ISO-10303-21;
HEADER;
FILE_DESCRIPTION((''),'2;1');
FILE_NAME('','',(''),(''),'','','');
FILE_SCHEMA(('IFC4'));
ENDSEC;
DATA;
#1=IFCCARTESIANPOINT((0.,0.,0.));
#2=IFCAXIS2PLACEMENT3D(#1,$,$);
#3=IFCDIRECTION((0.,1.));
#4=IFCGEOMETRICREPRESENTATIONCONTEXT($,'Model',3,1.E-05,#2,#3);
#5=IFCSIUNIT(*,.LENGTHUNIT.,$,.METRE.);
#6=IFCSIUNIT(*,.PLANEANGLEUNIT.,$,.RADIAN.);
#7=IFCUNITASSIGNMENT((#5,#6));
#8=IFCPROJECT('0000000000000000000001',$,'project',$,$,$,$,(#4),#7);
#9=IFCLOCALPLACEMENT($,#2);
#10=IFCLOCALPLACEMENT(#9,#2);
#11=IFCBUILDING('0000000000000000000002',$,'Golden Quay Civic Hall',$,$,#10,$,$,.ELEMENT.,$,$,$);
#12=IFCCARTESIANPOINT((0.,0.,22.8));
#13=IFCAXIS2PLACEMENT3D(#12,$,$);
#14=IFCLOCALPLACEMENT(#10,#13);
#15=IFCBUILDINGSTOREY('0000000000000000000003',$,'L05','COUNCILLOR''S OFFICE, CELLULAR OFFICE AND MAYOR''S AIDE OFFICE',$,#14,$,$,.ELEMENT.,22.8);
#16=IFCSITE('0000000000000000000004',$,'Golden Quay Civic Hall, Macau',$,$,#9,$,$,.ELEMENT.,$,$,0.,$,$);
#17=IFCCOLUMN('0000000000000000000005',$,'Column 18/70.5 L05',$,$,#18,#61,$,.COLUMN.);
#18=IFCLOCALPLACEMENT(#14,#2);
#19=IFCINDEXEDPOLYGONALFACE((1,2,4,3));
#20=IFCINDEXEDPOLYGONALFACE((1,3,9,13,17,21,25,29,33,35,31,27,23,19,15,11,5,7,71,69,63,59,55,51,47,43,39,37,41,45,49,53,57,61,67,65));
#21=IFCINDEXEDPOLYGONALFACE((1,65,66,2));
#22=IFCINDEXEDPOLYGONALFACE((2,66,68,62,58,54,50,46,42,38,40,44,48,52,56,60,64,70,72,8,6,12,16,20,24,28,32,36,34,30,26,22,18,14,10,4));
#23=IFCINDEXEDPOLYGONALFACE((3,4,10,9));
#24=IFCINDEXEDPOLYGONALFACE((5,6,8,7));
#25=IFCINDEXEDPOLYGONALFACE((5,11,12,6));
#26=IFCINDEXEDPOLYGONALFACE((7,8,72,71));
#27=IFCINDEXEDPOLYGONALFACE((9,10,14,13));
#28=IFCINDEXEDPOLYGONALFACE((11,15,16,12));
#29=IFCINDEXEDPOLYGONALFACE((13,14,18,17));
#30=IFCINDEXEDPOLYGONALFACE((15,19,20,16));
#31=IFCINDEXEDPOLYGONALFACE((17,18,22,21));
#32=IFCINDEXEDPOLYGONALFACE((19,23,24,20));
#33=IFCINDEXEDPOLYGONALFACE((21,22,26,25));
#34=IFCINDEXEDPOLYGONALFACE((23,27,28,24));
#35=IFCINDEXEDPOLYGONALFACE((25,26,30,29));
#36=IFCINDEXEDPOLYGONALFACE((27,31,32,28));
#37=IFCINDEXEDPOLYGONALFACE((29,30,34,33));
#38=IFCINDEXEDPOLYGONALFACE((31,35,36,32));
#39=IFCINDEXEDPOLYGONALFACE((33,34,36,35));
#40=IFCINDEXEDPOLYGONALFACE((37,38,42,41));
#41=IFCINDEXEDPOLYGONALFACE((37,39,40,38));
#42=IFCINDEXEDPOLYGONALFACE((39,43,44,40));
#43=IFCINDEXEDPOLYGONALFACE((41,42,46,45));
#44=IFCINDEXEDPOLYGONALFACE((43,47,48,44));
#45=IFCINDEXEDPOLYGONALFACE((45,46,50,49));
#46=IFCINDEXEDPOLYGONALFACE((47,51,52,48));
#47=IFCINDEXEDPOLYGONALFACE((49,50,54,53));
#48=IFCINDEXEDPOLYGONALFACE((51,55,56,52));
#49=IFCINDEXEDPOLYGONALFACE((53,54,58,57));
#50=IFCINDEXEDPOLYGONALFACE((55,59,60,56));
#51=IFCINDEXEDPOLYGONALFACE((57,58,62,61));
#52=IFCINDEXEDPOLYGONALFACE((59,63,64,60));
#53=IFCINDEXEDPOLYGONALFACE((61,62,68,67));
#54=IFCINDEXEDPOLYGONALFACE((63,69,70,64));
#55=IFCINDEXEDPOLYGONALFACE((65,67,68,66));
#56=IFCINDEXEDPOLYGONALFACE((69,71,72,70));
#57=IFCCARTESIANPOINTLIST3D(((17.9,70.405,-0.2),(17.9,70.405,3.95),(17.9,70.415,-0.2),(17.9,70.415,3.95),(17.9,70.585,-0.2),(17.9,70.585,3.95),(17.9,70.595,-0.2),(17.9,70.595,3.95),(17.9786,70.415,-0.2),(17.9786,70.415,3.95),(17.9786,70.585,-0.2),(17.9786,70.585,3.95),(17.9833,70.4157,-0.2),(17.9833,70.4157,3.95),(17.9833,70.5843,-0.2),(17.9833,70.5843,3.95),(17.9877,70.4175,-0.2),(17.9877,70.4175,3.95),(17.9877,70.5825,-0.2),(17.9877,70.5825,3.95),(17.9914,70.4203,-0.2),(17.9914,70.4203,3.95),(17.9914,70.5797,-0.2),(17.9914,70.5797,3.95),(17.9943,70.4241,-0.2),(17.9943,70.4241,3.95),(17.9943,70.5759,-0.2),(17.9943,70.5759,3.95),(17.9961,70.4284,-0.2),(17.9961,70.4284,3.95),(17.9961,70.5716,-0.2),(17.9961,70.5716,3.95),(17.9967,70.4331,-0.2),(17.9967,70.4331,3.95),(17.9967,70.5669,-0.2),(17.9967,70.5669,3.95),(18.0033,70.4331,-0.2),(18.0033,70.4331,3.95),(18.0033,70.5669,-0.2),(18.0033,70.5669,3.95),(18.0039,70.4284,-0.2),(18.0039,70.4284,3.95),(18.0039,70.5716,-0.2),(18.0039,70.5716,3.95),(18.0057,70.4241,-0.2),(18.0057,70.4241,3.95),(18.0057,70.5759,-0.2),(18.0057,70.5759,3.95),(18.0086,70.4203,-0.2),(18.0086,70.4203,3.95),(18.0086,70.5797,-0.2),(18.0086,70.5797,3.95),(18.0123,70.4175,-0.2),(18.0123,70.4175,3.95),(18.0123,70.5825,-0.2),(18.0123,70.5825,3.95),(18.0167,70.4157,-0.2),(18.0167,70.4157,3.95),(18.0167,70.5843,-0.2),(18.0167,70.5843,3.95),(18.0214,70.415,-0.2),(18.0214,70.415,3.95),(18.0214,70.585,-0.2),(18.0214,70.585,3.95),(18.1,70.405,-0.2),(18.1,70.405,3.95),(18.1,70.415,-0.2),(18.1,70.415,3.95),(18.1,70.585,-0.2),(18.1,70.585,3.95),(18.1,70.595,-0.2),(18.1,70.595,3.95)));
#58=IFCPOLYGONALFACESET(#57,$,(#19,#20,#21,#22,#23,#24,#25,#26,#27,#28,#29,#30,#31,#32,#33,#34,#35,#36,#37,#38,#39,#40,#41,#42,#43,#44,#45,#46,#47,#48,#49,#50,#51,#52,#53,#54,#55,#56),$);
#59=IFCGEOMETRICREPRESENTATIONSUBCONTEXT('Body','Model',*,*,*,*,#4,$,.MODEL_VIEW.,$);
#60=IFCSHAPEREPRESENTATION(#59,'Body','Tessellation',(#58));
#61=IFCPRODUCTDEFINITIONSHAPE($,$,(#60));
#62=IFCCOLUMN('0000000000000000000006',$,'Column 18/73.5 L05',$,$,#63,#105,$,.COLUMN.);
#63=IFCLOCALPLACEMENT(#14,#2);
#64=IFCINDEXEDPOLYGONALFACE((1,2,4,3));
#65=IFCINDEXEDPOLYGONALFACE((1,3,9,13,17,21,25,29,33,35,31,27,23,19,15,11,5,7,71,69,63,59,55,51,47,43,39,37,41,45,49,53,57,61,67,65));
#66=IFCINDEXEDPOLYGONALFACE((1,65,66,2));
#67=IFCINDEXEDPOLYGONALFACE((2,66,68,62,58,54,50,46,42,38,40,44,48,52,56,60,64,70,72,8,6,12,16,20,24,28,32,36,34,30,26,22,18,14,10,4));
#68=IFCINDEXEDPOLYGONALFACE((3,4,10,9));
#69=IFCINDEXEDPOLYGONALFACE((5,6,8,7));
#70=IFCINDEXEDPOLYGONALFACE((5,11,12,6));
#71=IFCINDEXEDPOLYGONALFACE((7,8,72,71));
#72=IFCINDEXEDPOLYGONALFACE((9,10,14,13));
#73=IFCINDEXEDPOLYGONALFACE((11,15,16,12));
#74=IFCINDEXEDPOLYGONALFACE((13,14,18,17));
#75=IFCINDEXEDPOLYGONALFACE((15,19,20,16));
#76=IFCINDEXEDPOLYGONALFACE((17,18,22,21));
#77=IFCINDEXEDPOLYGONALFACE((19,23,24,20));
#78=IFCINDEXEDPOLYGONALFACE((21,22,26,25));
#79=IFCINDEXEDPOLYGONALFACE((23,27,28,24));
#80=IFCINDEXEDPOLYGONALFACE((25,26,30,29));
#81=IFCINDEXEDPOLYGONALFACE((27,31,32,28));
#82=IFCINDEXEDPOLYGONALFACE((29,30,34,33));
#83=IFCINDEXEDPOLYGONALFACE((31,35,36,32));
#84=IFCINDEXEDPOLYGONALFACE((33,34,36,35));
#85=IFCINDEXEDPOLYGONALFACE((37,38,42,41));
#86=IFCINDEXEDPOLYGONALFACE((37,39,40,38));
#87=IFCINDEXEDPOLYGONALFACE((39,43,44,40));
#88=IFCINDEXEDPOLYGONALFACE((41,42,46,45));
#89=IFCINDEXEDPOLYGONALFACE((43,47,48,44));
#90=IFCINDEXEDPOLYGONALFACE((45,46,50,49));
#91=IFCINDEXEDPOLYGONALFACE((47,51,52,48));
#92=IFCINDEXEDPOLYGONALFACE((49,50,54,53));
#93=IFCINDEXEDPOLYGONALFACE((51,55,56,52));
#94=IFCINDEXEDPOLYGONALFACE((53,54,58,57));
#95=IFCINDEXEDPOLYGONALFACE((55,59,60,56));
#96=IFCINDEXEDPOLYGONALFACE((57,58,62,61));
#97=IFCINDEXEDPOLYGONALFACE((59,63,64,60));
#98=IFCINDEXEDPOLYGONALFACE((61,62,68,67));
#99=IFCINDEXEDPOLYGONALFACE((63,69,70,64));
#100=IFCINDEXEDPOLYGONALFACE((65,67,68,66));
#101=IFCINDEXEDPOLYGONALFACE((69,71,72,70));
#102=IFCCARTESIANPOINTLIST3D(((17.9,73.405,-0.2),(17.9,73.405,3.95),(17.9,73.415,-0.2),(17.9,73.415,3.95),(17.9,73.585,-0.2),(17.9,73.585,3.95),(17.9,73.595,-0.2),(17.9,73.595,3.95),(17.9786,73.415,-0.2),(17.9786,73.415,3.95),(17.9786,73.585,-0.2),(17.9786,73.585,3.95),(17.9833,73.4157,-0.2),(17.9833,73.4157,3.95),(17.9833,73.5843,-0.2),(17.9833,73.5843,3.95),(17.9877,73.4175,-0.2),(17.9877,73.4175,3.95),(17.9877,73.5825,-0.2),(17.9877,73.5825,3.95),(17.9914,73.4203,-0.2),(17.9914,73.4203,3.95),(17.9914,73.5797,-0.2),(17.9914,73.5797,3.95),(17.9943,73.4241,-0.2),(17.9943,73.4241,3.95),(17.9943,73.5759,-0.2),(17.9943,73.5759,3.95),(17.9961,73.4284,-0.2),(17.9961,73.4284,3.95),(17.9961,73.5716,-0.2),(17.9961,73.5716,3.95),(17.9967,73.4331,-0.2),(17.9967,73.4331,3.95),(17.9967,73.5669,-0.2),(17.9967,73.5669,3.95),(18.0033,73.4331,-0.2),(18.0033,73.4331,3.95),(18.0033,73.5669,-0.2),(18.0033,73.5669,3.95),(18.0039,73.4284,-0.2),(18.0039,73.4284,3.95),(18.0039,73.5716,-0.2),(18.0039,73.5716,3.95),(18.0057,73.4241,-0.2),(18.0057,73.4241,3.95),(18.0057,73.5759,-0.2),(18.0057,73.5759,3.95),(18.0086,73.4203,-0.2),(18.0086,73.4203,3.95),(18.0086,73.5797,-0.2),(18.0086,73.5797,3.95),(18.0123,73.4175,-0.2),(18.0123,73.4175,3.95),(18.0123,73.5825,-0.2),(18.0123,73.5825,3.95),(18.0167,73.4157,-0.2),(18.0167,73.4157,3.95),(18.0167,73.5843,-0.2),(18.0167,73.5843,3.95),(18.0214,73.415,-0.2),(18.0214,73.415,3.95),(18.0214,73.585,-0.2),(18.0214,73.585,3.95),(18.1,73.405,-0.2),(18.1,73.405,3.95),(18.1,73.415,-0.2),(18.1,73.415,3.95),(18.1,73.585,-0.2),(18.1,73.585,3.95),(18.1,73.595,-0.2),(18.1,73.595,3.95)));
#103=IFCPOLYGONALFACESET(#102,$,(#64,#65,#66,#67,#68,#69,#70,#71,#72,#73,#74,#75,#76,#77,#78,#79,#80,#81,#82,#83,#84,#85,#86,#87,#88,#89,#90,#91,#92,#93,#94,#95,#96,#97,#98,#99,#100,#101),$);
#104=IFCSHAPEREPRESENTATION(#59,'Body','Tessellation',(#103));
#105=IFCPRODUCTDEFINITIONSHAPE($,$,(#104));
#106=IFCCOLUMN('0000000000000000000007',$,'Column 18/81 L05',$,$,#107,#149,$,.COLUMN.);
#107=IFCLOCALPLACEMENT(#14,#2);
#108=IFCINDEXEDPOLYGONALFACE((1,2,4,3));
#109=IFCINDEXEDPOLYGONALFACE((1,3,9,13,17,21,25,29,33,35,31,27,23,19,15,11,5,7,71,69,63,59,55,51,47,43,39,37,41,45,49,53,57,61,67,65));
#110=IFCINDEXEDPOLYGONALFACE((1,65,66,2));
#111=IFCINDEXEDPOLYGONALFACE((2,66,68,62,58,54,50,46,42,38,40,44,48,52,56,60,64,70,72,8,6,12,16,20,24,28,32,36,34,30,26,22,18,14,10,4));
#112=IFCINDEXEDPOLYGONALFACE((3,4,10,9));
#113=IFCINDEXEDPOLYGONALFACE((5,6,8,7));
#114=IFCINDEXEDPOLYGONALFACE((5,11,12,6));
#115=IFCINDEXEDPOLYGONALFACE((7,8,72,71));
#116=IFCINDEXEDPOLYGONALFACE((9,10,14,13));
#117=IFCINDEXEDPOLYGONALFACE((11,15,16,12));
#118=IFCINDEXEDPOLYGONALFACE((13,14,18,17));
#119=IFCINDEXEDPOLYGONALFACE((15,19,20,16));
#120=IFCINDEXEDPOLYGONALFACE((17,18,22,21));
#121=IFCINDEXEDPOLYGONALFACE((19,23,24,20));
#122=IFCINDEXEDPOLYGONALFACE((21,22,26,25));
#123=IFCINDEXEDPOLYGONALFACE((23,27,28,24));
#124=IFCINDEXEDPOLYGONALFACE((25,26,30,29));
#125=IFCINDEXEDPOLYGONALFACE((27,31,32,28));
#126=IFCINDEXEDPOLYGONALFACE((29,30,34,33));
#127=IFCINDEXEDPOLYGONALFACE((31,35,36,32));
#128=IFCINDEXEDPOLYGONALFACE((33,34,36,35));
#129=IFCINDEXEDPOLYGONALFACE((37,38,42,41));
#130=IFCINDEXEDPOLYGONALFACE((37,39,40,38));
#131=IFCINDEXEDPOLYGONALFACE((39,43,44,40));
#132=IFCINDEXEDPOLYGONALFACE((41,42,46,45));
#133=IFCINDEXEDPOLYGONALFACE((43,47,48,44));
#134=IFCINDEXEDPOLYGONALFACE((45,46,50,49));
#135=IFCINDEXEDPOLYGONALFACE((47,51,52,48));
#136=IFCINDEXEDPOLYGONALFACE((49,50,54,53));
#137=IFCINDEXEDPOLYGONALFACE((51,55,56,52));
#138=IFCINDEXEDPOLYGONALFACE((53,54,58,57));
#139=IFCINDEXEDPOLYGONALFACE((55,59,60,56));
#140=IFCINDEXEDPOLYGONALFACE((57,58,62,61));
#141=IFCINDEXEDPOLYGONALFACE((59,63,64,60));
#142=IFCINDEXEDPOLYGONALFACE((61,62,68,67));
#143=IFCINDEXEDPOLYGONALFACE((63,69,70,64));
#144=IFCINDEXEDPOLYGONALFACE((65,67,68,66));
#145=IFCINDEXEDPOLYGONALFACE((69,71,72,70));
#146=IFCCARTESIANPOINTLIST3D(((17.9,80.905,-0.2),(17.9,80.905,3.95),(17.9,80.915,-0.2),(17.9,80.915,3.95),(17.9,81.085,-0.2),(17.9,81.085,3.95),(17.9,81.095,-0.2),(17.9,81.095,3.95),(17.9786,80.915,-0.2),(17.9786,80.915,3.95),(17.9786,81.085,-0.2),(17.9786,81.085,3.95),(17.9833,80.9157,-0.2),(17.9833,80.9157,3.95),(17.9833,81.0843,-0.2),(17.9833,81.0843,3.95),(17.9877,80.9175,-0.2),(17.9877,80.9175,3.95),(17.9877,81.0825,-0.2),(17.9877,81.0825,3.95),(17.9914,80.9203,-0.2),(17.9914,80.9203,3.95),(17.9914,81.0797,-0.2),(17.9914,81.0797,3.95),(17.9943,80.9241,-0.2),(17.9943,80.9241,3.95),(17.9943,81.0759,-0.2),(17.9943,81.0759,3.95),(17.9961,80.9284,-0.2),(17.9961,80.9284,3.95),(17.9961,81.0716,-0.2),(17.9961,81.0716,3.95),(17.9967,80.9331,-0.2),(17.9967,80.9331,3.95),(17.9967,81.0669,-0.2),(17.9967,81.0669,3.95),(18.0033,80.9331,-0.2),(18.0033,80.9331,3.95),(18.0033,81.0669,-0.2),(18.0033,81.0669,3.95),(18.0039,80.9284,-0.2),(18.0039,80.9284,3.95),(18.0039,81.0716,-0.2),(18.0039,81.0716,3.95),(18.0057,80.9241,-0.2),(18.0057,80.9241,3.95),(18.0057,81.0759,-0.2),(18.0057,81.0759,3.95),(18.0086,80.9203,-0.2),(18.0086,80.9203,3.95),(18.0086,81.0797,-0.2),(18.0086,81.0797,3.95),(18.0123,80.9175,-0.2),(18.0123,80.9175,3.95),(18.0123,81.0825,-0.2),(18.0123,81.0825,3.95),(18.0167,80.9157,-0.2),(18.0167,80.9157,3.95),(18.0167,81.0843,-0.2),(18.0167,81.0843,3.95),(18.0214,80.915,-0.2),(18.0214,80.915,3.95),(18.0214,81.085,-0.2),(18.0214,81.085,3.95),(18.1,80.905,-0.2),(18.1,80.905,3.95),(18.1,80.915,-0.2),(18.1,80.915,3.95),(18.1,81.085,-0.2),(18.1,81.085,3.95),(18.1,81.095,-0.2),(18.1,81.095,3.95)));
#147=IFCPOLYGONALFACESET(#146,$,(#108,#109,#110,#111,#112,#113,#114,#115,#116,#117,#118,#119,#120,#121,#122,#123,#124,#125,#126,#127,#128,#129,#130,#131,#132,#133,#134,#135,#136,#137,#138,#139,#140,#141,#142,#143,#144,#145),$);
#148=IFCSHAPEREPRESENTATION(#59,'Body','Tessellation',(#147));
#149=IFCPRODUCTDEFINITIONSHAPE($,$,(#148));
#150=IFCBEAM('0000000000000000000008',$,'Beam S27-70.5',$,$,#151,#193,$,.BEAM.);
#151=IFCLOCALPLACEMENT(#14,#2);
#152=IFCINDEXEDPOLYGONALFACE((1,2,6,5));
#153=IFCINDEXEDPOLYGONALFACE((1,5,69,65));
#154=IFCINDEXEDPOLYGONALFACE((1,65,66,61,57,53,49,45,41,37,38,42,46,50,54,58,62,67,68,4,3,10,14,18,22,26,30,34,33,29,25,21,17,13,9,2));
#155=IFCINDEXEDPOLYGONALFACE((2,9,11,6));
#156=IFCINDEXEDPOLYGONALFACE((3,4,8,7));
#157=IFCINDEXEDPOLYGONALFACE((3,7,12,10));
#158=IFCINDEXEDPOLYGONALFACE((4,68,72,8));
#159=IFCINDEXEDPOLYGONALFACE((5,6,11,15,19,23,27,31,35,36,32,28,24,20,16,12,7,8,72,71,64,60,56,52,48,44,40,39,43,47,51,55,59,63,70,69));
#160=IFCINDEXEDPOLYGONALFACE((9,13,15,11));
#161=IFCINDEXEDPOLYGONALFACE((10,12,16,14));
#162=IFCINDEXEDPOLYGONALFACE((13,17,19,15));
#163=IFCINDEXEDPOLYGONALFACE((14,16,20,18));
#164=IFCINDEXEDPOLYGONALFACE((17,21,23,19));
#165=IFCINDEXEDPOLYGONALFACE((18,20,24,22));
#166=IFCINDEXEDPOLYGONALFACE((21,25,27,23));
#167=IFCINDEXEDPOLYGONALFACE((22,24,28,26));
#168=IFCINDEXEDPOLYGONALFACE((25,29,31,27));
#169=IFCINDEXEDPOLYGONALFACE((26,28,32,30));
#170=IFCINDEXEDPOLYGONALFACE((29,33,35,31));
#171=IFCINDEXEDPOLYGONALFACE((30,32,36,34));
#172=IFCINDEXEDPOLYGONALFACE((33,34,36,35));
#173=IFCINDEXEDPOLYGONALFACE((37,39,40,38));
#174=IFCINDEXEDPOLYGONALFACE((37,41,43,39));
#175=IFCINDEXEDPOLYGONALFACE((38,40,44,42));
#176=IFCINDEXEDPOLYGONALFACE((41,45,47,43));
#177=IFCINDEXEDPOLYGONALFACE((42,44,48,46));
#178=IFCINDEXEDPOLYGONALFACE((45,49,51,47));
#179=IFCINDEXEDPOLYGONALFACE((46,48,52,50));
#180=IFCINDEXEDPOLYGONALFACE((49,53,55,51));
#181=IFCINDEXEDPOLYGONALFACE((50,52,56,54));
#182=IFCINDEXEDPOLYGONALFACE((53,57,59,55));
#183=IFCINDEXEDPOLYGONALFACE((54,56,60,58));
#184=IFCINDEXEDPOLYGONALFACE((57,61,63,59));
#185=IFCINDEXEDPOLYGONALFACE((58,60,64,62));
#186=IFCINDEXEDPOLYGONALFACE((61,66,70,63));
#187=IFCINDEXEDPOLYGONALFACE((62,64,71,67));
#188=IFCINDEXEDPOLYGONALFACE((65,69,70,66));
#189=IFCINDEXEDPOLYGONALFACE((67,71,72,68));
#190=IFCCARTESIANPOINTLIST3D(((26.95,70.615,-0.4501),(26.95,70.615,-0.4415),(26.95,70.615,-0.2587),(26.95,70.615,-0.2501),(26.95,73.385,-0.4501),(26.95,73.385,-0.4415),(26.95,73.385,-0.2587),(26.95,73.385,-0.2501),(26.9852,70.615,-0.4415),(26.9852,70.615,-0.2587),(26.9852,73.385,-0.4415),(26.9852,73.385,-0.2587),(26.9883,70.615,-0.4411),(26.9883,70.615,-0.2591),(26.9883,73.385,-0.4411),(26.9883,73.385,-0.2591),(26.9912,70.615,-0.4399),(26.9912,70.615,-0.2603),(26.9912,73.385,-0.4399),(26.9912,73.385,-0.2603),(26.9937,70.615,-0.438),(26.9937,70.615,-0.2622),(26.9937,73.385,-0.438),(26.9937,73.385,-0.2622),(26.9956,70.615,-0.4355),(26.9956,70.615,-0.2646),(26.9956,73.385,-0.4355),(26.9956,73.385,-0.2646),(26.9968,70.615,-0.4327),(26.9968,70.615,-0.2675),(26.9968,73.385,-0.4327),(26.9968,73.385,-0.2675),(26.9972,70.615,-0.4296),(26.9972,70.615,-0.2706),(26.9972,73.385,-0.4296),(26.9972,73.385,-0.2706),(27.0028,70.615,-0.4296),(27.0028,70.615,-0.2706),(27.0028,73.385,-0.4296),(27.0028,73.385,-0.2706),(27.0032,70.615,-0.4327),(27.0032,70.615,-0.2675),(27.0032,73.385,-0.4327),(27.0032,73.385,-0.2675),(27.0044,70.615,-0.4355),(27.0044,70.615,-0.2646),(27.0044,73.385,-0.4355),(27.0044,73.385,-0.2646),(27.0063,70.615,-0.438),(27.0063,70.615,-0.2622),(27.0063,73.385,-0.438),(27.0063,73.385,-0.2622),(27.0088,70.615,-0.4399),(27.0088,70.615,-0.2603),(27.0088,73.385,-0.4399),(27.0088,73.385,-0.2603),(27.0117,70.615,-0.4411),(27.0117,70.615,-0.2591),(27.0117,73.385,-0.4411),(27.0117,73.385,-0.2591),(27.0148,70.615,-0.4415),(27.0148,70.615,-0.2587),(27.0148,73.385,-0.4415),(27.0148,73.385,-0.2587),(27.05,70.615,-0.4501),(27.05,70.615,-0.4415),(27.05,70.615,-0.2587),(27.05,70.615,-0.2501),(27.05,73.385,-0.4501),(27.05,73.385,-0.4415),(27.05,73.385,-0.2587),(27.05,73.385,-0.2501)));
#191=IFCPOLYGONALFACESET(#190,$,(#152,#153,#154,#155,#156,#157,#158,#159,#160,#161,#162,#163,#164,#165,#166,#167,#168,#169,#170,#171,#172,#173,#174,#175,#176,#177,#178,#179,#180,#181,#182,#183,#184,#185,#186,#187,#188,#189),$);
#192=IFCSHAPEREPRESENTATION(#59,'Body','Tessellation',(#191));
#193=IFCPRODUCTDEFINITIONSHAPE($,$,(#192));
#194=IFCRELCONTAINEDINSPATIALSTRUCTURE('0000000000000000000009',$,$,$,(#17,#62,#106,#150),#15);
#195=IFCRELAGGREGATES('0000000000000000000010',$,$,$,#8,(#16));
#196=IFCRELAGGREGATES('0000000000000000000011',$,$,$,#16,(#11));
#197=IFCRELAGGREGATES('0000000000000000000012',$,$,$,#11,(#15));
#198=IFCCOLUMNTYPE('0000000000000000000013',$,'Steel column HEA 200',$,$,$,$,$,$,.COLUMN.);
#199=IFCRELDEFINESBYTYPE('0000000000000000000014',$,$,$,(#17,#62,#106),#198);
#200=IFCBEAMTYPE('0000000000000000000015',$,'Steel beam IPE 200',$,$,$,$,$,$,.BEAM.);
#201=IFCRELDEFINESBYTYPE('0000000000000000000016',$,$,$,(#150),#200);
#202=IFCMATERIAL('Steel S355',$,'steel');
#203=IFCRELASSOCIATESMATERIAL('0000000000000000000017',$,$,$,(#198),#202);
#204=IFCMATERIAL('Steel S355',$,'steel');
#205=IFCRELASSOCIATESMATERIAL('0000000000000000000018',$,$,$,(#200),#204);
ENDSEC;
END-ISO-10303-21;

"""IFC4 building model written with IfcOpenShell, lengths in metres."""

from ifc_helpers import new_model, si_unit, direction, frame, origin, origin_2d, place, context, subcontext, project, spatial, i_section, extrude, material, material_profile, profile_set, type_object, element, save


model = new_model("IFC4")

# Units and contexts
model_context = context("Model", 3, precision=1e-05, world=origin(), true_north=direction((0.0, 1.0)))
body_context = subcontext(model_context, "Body", "Model", "MODEL_VIEW")
ifc_project = project(units=[si_unit("LENGTHUNIT", "METRE"), si_unit("PLANEANGLEUNIT", "RADIAN")], contexts=[model_context])

# Site, building, storey
site_placement = place(None, origin())
site = spatial("IfcSite", under=ifc_project, at=site_placement, Name="Golden Quay Civic Hall, Macau", CompositionType="ELEMENT", RefElevation=0.0)
building_placement = place(site_placement, origin())
building = spatial("IfcBuilding", under=site, at=building_placement, Name="Golden Quay Civic Hall", CompositionType="ELEMENT")
storey_placement = place(building_placement, frame((0.0, 0.0, 22.8)))
storey = spatial("IfcBuildingStorey", under=building, at=storey_placement, Name="L05", Description="COUNCILLOR'S OFFICE, CELLULAR OFFICE AND MAYOR'S AIDE OFFICE", CompositionType="ELEMENT", Elevation=22.8)

# Columns
ifc_material_1 = material(Name="Steel S355", Category="steel")
ifc_material_profile_1 = material_profile(ifc_material_1, i_section(OverallWidth=0.2, OverallDepth=0.1899, WebThickness=0.0066, FlangeThickness=0.01, FilletRadius=0.0181, at=origin_2d()), Name="HEA 200")
ifc_profile_set_1 = profile_set([ifc_material_profile_1], Name="Steel S355")
column_type = type_object("IfcColumnType", Name="Steel column HEA 200", PredefinedType="COLUMN", material=ifc_profile_set_1)
for number, where, z_axis, x_axis, name in (
    (1, (18.0, 70.5, -0.2), (0.0, 0.0, 1.0), (1.0, 0.0, 0.0), "Column 18/70.5 L05"),
    (2, (18.0, 73.5, -0.2), (0.0, 0.0, 1.0), (1.0, 0.0, 0.0), "Column 18/73.5 L05"),
    (3, (18.0, 81.0, -0.2), (0.0, 0.0, 1.0), (1.0, 0.0, 0.0), "Column 18/81 L05"),
):
    element("IfcColumn", number, at=place(storey_placement, frame(where, z_axis=z_axis, x_axis=x_axis)), inside=storey, type_object=column_type, Name=name, PredefinedType="COLUMN", context=body_context, shape_type="SweptSolid", body=[
        extrude(i_section(OverallWidth=0.2, OverallDepth=0.1899, WebThickness=0.0066, FlangeThickness=0.01, FilletRadius=0.0181, at=origin_2d()), origin(), (0.0, 0.0, 1.0), 4.1499),
    ])

# Beam
ifc_material_2 = material(Name="Steel S355", Category="steel")
ifc_material_profile_2 = material_profile(ifc_material_2, i_section(OverallWidth=0.1001, OverallDepth=0.2, WebThickness=0.0056, FlangeThickness=0.0085, FilletRadius=0.012, at=origin_2d()), Name="IPE 200")
ifc_profile_set_2 = profile_set([ifc_material_profile_2], Name="Steel S355")
beam_type_1 = type_object("IfcBeamType", Name="Steel beam IPE 200", PredefinedType="BEAM", material=ifc_profile_set_2)
beam_1_placement = place(storey_placement, frame((27.0, 70.615, -0.3501), z_axis=(0.0, 1.0, 0.0), x_axis=(-1.0, 0.0, 0.0)))
element("IfcBeam", 4, at=beam_1_placement, inside=storey, type_object=beam_type_1, Name="Beam S27-70.5", PredefinedType="BEAM", context=body_context, shape_type="SweptSolid", body=[
    extrude(i_section(OverallWidth=0.1001, OverallDepth=0.2, WebThickness=0.0056, FlangeThickness=0.0085, FilletRadius=0.012, at=origin_2d()), origin(), (0.0, 0.0, 1.0), 2.77),
])

save(model, "model.ifc")
